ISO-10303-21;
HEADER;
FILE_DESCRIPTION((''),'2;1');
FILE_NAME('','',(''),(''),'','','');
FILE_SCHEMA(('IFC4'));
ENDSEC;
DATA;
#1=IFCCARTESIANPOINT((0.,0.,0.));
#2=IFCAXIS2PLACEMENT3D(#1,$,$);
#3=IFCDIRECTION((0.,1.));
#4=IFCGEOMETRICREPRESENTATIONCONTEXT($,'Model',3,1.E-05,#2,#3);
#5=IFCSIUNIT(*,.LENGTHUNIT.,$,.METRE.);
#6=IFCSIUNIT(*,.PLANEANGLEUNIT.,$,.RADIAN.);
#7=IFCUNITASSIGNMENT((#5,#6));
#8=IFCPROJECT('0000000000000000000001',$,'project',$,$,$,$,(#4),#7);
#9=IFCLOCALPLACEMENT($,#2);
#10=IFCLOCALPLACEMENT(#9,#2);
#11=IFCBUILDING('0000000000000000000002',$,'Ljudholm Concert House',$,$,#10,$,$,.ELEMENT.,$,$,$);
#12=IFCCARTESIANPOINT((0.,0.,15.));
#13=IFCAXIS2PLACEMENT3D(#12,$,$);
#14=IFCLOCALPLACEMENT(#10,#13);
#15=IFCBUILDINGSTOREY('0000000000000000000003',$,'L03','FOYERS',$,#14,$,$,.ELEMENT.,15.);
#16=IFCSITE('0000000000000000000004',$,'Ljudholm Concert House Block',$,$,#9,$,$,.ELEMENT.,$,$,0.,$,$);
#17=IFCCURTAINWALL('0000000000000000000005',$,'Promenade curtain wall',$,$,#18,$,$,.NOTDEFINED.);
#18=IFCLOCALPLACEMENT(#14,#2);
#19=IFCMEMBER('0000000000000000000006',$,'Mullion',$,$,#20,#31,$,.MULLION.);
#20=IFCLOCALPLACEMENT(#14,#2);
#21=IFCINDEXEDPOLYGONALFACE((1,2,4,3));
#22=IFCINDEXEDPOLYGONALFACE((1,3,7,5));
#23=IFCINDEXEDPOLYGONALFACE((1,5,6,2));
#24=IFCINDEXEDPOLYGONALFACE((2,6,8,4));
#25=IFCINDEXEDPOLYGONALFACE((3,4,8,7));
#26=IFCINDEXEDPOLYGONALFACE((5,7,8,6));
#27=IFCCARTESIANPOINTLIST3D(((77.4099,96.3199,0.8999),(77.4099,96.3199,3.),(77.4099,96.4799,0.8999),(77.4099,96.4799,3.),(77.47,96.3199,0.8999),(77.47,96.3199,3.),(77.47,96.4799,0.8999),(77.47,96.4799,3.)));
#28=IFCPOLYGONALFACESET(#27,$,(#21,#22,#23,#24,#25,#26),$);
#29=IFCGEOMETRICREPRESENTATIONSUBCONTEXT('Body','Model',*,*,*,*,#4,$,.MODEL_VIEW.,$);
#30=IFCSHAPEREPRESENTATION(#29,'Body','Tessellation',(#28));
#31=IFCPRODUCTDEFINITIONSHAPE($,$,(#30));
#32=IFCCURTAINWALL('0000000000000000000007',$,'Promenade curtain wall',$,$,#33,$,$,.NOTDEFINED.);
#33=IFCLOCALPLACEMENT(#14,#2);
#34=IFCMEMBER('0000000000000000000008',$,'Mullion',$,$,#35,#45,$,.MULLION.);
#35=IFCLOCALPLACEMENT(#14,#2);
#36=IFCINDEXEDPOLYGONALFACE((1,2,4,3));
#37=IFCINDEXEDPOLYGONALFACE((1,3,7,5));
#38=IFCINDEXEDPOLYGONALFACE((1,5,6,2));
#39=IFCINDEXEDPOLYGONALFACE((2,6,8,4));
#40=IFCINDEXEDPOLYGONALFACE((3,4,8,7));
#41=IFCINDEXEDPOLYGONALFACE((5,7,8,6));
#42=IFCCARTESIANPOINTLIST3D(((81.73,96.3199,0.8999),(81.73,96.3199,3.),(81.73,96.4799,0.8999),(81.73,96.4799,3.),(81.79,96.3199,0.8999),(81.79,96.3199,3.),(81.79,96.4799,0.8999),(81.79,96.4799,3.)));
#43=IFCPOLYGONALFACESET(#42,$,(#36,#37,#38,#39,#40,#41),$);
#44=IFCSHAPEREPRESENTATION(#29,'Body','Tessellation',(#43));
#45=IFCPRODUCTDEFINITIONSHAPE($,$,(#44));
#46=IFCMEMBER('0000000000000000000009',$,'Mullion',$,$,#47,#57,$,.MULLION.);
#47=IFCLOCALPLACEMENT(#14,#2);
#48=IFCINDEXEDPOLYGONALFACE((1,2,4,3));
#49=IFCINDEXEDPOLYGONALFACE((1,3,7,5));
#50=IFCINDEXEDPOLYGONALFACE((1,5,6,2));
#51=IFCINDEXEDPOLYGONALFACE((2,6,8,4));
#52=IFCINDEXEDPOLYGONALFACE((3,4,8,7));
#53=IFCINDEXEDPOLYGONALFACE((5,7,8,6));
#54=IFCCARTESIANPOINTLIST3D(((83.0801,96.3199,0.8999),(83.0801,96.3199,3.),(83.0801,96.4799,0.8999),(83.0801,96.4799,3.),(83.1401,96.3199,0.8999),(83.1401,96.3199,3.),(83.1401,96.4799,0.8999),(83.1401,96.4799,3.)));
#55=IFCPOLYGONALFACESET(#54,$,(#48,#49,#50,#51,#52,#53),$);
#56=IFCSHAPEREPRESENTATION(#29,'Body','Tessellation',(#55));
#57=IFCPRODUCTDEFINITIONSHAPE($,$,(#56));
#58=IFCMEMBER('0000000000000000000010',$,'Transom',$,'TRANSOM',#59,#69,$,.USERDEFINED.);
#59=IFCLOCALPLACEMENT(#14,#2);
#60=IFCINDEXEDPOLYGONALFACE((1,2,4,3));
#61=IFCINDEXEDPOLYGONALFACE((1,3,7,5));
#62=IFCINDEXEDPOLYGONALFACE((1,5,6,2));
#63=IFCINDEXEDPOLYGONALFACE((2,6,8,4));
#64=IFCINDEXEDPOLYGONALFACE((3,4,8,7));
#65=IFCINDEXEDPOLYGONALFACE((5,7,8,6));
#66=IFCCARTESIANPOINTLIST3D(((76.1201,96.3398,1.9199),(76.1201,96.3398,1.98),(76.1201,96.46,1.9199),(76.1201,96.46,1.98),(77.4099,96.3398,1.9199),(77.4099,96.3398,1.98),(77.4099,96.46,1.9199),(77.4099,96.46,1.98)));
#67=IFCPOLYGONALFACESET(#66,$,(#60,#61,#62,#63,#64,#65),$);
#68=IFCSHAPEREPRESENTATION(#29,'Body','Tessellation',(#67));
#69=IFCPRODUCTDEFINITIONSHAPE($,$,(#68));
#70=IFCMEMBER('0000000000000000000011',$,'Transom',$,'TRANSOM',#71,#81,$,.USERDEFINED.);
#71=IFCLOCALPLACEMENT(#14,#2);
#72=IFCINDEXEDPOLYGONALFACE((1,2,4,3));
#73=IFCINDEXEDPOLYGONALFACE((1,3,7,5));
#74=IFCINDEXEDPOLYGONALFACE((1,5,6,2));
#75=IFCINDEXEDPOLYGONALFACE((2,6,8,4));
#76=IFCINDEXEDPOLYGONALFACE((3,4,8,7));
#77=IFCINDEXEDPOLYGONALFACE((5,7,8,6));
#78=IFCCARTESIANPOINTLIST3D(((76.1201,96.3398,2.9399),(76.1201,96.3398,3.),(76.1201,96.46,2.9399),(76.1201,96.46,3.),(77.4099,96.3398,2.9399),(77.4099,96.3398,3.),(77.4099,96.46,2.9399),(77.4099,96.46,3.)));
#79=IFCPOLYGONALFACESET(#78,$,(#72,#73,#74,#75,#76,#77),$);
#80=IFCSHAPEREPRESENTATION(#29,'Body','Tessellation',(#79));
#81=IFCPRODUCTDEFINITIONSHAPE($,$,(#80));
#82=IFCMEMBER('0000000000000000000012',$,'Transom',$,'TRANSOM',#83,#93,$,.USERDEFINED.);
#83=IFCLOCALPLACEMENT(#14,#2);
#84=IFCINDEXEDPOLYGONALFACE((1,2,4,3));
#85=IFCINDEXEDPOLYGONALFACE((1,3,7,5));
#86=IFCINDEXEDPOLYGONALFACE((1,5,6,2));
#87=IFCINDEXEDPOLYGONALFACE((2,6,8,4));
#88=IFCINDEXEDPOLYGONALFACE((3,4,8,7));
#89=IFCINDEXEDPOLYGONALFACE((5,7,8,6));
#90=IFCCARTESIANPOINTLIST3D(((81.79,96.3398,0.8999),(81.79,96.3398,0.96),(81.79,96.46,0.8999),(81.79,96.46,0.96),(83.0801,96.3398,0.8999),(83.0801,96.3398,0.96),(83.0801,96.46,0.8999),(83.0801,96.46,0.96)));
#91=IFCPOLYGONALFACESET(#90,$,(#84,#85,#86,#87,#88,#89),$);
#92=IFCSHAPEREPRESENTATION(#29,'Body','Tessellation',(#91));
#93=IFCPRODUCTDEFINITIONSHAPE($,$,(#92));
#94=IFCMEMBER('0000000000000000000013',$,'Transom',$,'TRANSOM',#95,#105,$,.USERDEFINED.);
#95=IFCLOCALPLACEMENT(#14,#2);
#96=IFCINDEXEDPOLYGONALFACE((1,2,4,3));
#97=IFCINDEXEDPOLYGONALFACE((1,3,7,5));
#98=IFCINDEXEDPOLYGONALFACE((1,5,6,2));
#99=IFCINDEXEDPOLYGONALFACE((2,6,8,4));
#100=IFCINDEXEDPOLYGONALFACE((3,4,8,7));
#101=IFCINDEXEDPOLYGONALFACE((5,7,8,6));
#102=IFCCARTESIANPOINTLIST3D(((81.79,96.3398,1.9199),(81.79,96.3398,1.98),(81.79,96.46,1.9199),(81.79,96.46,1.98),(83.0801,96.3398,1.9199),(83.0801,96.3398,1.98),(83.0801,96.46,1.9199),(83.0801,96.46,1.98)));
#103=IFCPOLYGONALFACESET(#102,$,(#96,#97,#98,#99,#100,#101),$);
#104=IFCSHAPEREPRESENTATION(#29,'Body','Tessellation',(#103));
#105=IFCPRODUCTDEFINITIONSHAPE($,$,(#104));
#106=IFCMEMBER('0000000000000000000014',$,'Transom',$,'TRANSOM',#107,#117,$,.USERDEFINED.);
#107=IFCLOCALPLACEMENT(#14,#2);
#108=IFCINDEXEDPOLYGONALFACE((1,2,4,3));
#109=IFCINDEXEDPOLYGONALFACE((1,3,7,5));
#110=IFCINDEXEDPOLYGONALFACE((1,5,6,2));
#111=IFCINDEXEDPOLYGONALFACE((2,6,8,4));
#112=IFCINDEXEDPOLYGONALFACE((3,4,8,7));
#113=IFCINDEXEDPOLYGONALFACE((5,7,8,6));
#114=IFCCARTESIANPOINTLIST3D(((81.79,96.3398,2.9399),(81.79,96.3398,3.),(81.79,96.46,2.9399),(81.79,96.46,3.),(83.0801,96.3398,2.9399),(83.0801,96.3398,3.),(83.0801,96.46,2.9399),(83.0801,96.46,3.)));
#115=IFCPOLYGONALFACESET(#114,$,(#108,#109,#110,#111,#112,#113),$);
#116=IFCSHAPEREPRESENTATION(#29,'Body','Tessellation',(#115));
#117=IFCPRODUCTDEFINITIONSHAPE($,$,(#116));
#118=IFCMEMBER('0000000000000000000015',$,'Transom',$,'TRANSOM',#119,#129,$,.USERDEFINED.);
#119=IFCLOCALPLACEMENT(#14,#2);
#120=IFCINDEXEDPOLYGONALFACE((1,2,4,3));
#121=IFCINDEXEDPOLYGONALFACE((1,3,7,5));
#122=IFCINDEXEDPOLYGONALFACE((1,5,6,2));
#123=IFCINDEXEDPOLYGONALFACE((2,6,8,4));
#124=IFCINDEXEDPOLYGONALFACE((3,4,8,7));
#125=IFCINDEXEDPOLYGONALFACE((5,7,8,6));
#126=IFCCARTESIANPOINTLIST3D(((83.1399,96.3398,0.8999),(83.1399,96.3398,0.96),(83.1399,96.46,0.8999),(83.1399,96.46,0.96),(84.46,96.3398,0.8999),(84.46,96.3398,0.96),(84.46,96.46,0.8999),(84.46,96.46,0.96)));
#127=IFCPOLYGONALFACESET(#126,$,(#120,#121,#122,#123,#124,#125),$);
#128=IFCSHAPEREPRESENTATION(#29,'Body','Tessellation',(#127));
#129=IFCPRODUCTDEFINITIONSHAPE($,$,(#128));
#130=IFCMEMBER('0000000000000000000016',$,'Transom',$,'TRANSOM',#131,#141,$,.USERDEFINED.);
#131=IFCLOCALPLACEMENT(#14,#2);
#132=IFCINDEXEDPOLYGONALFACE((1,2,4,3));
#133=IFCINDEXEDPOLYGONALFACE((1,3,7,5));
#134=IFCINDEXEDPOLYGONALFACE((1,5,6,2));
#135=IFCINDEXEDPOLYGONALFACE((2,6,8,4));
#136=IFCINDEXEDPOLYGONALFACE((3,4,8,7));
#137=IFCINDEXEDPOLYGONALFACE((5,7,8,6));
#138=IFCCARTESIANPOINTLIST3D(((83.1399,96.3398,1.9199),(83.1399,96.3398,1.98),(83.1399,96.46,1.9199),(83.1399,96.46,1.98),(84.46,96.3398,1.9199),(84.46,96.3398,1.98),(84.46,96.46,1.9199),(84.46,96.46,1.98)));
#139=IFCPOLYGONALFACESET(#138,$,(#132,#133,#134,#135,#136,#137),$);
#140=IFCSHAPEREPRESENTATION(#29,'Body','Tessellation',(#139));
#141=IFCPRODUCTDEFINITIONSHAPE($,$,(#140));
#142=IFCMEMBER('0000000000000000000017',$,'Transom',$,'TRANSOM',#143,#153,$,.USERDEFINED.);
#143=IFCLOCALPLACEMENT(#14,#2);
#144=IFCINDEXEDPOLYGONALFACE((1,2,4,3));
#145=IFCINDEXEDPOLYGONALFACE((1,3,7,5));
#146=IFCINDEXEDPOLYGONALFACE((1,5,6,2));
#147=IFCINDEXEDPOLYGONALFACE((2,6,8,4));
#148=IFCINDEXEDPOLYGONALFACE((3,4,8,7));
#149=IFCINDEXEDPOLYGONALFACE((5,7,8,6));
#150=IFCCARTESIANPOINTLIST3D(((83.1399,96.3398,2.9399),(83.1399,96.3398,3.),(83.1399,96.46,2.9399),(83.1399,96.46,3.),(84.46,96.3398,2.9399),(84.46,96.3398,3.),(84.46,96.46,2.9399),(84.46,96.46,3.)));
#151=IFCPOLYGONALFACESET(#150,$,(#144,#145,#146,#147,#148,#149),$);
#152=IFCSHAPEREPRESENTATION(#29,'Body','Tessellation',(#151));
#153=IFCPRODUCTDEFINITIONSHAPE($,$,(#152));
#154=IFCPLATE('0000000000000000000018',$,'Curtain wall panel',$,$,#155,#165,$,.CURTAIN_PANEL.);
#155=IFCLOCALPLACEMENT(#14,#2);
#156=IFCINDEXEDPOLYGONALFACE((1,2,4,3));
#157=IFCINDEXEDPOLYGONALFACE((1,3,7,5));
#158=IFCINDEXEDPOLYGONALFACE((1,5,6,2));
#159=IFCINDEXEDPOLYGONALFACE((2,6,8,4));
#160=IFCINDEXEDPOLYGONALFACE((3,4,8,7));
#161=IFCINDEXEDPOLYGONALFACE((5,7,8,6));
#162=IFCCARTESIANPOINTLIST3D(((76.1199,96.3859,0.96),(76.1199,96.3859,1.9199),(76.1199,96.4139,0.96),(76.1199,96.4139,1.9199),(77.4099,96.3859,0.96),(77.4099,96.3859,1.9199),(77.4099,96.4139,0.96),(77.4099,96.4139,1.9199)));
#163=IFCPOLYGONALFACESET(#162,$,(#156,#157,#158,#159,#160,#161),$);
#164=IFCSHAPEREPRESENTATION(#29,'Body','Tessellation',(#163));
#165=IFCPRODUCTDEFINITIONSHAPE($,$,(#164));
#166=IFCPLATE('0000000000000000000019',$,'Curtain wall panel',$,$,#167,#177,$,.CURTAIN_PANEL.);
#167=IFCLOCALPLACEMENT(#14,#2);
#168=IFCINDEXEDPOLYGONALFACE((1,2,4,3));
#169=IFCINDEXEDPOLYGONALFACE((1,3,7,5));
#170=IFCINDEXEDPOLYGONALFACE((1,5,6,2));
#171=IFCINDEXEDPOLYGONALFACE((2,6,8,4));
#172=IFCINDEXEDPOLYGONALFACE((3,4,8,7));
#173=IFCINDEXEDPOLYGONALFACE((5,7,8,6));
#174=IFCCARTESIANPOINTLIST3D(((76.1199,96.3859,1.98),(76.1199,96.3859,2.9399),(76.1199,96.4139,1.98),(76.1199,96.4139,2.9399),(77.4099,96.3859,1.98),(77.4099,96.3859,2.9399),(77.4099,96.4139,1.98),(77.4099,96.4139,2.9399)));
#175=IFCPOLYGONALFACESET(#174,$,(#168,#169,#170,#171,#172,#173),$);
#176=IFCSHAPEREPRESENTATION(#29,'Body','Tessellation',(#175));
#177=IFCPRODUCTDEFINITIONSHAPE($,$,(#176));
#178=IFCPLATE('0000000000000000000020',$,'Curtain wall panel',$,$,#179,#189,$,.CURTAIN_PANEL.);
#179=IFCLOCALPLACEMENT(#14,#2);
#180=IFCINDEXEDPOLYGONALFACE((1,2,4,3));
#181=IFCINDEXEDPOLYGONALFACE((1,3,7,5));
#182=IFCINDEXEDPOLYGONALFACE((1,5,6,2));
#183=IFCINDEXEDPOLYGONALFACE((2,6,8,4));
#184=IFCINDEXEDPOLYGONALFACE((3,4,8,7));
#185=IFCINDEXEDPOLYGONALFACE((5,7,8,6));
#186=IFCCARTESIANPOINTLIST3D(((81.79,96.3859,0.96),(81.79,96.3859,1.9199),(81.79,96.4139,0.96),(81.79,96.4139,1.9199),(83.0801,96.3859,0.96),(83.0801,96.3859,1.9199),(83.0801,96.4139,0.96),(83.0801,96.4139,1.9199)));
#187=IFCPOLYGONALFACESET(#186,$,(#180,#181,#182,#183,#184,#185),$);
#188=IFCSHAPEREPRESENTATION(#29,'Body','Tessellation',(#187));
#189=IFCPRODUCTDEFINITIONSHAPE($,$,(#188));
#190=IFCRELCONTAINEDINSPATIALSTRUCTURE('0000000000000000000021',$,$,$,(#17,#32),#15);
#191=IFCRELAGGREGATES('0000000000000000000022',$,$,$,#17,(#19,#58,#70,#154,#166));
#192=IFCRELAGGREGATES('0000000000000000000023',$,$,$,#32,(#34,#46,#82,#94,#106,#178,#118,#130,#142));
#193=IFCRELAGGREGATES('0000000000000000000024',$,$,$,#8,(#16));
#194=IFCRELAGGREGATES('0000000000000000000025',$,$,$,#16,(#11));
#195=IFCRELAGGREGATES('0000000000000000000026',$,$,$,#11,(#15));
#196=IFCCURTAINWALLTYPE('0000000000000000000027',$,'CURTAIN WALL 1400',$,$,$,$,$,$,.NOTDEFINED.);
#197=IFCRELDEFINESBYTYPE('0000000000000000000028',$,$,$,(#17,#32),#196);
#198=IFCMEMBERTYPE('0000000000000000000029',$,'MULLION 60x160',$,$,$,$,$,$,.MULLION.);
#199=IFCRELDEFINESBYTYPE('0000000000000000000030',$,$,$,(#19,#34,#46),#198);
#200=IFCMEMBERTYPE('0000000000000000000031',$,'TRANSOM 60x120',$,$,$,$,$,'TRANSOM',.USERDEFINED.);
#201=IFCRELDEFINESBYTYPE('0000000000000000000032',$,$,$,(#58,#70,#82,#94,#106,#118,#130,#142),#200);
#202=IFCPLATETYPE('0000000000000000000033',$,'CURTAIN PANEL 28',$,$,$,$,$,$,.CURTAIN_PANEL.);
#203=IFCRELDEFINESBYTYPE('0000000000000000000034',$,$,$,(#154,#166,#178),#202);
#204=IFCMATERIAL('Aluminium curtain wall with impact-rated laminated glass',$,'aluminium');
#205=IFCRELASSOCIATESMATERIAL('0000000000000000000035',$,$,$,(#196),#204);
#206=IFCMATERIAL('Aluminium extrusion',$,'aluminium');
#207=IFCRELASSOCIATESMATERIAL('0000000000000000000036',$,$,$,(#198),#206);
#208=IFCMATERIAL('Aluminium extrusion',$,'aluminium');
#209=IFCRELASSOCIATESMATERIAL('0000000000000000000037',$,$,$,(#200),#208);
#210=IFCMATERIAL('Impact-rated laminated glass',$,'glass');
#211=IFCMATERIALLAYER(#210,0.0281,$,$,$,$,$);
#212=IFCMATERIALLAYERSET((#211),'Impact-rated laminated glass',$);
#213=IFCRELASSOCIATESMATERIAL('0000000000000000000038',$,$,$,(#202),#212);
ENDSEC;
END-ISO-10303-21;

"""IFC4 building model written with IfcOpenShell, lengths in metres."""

from ifc_helpers import new_model, si_unit, direction, frame, origin, origin_2d, place, context, subcontext, project, spatial, rectangle, extrude, material, layer, layer_set, material_profile, profile_set, type_object, element, aggregate, save


model = new_model("IFC4")

# Units and contexts
model_context = context("Model", 3, precision=1e-05, world=origin(), true_north=direction((0.0, 1.0)))
body_context = subcontext(model_context, "Body", "Model", "MODEL_VIEW")
ifc_project = project(units=[si_unit("LENGTHUNIT", "METRE"), si_unit("PLANEANGLEUNIT", "RADIAN")], contexts=[model_context])

# Site, building, storey
site_placement = place(None, origin())
site = spatial("IfcSite", under=ifc_project, at=site_placement, Name="Ljudholm Concert House Block", CompositionType="ELEMENT", RefElevation=0.0)
building_placement = place(site_placement, origin())
building = spatial("IfcBuilding", under=site, at=building_placement, Name="Ljudholm Concert House", CompositionType="ELEMENT")
storey_placement = place(building_placement, frame((0.0, 0.0, 15.0)))
storey = spatial("IfcBuildingStorey", under=building, at=storey_placement, Name="L03", Description="FOYERS", CompositionType="ELEMENT", Elevation=15.0)

# Curtain wall, member
ifc_material_1 = material(Name="Aluminium curtain wall with impact-rated laminated glass", Category="aluminium")
curtain_wall_type = type_object("IfcCurtainWallType", Name="CURTAIN WALL 1400", PredefinedType="NOTDEFINED", material=ifc_material_1)
curtain_wall_1_placement = place(storey_placement, origin())
curtain_wall_1 = element("IfcCurtainWall", 1, at=curtain_wall_1_placement, inside=storey, type_object=curtain_wall_type, Name="Promenade curtain wall", PredefinedType="NOTDEFINED")
ifc_material_2 = material(Name="Aluminium extrusion", Category="aluminium")
ifc_material_profile_1 = material_profile(ifc_material_2, rectangle(XDim=0.1599, YDim=0.0601, at=origin_2d()), Name="MULLION 60x160")
ifc_profile_set_1 = profile_set([ifc_material_profile_1], Name="Aluminium extrusion")
member_type_1 = type_object("IfcMemberType", Name="MULLION 60x160", PredefinedType="MULLION", material=ifc_profile_set_1)
member_1_placement = place(storey_placement, frame((77.4399, 96.3999, 0.8999), z_axis=(0.0, 0.0, 1.0), x_axis=(0.0, 1.0, 0.0)))
member_1 = element("IfcMember", 2, at=member_1_placement, type_object=member_type_1, Name="Mullion", PredefinedType="MULLION", context=body_context, shape_type="SweptSolid", body=[
    extrude(rectangle(XDim=0.1599, YDim=0.0601, at=origin_2d()), origin(), (0.0, 0.0, 1.0), 2.1001),
])

# Curtain wall, members
curtain_wall_2_placement = place(storey_placement, origin())
curtain_wall_2 = element("IfcCurtainWall", 3, at=curtain_wall_2_placement, inside=storey, type_object=curtain_wall_type, Name="Promenade curtain wall", PredefinedType="NOTDEFINED")
member_2_placement = place(storey_placement, frame((81.76, 96.3999, 0.8999), z_axis=(0.0, 0.0, 1.0), x_axis=(0.0, 1.0, 0.0)))
member_2 = element("IfcMember", 4, at=member_2_placement, type_object=member_type_1, Name="Mullion", PredefinedType="MULLION", context=body_context, shape_type="SweptSolid", body=[
    extrude(rectangle(XDim=0.1599, YDim=0.0601, at=origin_2d()), origin(), (0.0, 0.0, 1.0), 2.1001),
])
member_3_placement = place(storey_placement, frame((83.1101, 96.3999, 0.8999), z_axis=(0.0, 0.0, 1.0), x_axis=(0.0, 1.0, 0.0)))
member_3 = element("IfcMember", 5, at=member_3_placement, type_object=member_type_1, Name="Mullion", PredefinedType="MULLION", context=body_context, shape_type="SweptSolid", body=[
    extrude(rectangle(XDim=0.1599, YDim=0.0601, at=origin_2d()), origin(), (0.0, 0.0, 1.0), 2.1001),
])

# Members
ifc_material_3 = material(Name="Aluminium extrusion", Category="aluminium")
ifc_material_profile_2 = material_profile(ifc_material_3, rectangle(XDim=0.1201, YDim=0.0601, at=origin_2d()), Name="TRANSOM 60x120")
ifc_profile_set_2 = profile_set([ifc_material_profile_2], Name="Aluminium extrusion")
member_type_2 = type_object("IfcMemberType", Name="TRANSOM 60x120", ElementType="TRANSOM", PredefinedType="USERDEFINED", material=ifc_profile_set_2)
member_4_placement = place(storey_placement, frame((76.1201, 96.3999, 1.95), z_axis=(1.0, 0.0, 0.0), x_axis=(0.0, 1.0, 0.0)))
member_4 = element("IfcMember", 6, at=member_4_placement, type_object=member_type_2, Name="Transom", ObjectType="TRANSOM", PredefinedType="USERDEFINED", context=body_context, shape_type="SweptSolid", body=[
    extrude(rectangle(XDim=0.1201, YDim=0.0601, at=origin_2d()), origin(), (0.0, 0.0, 1.0), 1.2898),
])
member_5_placement = place(storey_placement, frame((76.1201, 96.3999, 2.97), z_axis=(1.0, 0.0, 0.0), x_axis=(0.0, 1.0, 0.0)))
member_5 = element("IfcMember", 7, at=member_5_placement, type_object=member_type_2, Name="Transom", ObjectType="TRANSOM", PredefinedType="USERDEFINED", context=body_context, shape_type="SweptSolid", body=[
    extrude(rectangle(XDim=0.1201, YDim=0.0601, at=origin_2d()), origin(), (0.0, 0.0, 1.0), 1.2898),
])
member_6_placement = place(storey_placement, frame((81.79, 96.3999, 0.9299), z_axis=(1.0, 0.0, 0.0), x_axis=(0.0, 1.0, 0.0)))
member_6 = element("IfcMember", 8, at=member_6_placement, type_object=member_type_2, Name="Transom", ObjectType="TRANSOM", PredefinedType="USERDEFINED", context=body_context, shape_type="SweptSolid", body=[
    extrude(rectangle(XDim=0.1201, YDim=0.0601, at=origin_2d()), origin(), (0.0, 0.0, 1.0), 1.29),
])
member_7_placement = place(storey_placement, frame((81.79, 96.3999, 1.95), z_axis=(1.0, 0.0, 0.0), x_axis=(0.0, 1.0, 0.0)))
member_7 = element("IfcMember", 9, at=member_7_placement, type_object=member_type_2, Name="Transom", ObjectType="TRANSOM", PredefinedType="USERDEFINED", context=body_context, shape_type="SweptSolid", body=[
    extrude(rectangle(XDim=0.1201, YDim=0.0601, at=origin_2d()), origin(), (0.0, 0.0, 1.0), 1.29),
])
member_8_placement = place(storey_placement, frame((81.79, 96.3999, 2.97), z_axis=(1.0, 0.0, 0.0), x_axis=(0.0, 1.0, 0.0)))
member_8 = element("IfcMember", 10, at=member_8_placement, type_object=member_type_2, Name="Transom", ObjectType="TRANSOM", PredefinedType="USERDEFINED", context=body_context, shape_type="SweptSolid", body=[
    extrude(rectangle(XDim=0.1201, YDim=0.0601, at=origin_2d()), origin(), (0.0, 0.0, 1.0), 1.29),
])
member_9_placement = place(storey_placement, frame((83.1399, 96.3999, 0.9299), z_axis=(1.0, 0.0, 0.0), x_axis=(0.0, 1.0, 0.0)))
member_9 = element("IfcMember", 11, at=member_9_placement, type_object=member_type_2, Name="Transom", ObjectType="TRANSOM", PredefinedType="USERDEFINED", context=body_context, shape_type="SweptSolid", body=[
    extrude(rectangle(XDim=0.1201, YDim=0.0601, at=origin_2d()), origin(), (0.0, 0.0, 1.0), 1.3201),
])
member_10_placement = place(storey_placement, frame((83.1399, 96.3999, 1.95), z_axis=(1.0, 0.0, 0.0), x_axis=(0.0, 1.0, 0.0)))
member_10 = element("IfcMember", 12, at=member_10_placement, type_object=member_type_2, Name="Transom", ObjectType="TRANSOM", PredefinedType="USERDEFINED", context=body_context, shape_type="SweptSolid", body=[
    extrude(rectangle(XDim=0.1201, YDim=0.0601, at=origin_2d()), origin(), (0.0, 0.0, 1.0), 1.3201),
])
member_11_placement = place(storey_placement, frame((83.1399, 96.3999, 2.97), z_axis=(1.0, 0.0, 0.0), x_axis=(0.0, 1.0, 0.0)))
member_11 = element("IfcMember", 13, at=member_11_placement, type_object=member_type_2, Name="Transom", ObjectType="TRANSOM", PredefinedType="USERDEFINED", context=body_context, shape_type="SweptSolid", body=[
    extrude(rectangle(XDim=0.1201, YDim=0.0601, at=origin_2d()), origin(), (0.0, 0.0, 1.0), 1.3201),
])

# Plates
ifc_material_4 = material(Name="Impact-rated laminated glass", Category="glass")
ifc_layer_1 = layer(ifc_material_4, 0.0281)
ifc_layer_set_1 = layer_set([ifc_layer_1], Name="Impact-rated laminated glass")
plate_type = type_object("IfcPlateType", Name="CURTAIN PANEL 28", PredefinedType="CURTAIN_PANEL", material=ifc_layer_set_1)
plate_1_placement = place(storey_placement, frame((76.7649, 96.3999, 0.96), z_axis=(0.0, 0.0, 1.0), x_axis=(1.0, 0.0, 0.0)))
plate_1 = element("IfcPlate", 14, at=plate_1_placement, type_object=plate_type, Name="Curtain wall panel", PredefinedType="CURTAIN_PANEL", context=body_context, shape_type="SweptSolid", body=[
    extrude(rectangle(XDim=1.29, YDim=0.0281, at=origin_2d()), origin(), (0.0, 0.0, 1.0), 0.96),
])
plate_2_placement = place(storey_placement, frame((76.7649, 96.3999, 1.98), z_axis=(0.0, 0.0, 1.0), x_axis=(1.0, 0.0, 0.0)))
plate_2 = element("IfcPlate", 15, at=plate_2_placement, type_object=plate_type, Name="Curtain wall panel", PredefinedType="CURTAIN_PANEL", context=body_context, shape_type="SweptSolid", body=[
    extrude(rectangle(XDim=1.29, YDim=0.0281, at=origin_2d()), origin(), (0.0, 0.0, 1.0), 0.96),
])
aggregate(curtain_wall_1, [member_1, member_4, member_5, plate_1, plate_2])
plate_3_placement = place(storey_placement, frame((82.4351, 96.3999, 0.96), z_axis=(0.0, 0.0, 1.0), x_axis=(1.0, 0.0, 0.0)))
plate_3 = element("IfcPlate", 16, at=plate_3_placement, type_object=plate_type, Name="Curtain wall panel", PredefinedType="CURTAIN_PANEL", context=body_context, shape_type="SweptSolid", body=[
    extrude(rectangle(XDim=1.29, YDim=0.0281, at=origin_2d()), origin(), (0.0, 0.0, 1.0), 0.96),
])
aggregate(curtain_wall_2, [member_2, member_3, member_6, member_7, member_8, plate_3, member_9, member_10, member_11])

save(model, "model.ifc")
